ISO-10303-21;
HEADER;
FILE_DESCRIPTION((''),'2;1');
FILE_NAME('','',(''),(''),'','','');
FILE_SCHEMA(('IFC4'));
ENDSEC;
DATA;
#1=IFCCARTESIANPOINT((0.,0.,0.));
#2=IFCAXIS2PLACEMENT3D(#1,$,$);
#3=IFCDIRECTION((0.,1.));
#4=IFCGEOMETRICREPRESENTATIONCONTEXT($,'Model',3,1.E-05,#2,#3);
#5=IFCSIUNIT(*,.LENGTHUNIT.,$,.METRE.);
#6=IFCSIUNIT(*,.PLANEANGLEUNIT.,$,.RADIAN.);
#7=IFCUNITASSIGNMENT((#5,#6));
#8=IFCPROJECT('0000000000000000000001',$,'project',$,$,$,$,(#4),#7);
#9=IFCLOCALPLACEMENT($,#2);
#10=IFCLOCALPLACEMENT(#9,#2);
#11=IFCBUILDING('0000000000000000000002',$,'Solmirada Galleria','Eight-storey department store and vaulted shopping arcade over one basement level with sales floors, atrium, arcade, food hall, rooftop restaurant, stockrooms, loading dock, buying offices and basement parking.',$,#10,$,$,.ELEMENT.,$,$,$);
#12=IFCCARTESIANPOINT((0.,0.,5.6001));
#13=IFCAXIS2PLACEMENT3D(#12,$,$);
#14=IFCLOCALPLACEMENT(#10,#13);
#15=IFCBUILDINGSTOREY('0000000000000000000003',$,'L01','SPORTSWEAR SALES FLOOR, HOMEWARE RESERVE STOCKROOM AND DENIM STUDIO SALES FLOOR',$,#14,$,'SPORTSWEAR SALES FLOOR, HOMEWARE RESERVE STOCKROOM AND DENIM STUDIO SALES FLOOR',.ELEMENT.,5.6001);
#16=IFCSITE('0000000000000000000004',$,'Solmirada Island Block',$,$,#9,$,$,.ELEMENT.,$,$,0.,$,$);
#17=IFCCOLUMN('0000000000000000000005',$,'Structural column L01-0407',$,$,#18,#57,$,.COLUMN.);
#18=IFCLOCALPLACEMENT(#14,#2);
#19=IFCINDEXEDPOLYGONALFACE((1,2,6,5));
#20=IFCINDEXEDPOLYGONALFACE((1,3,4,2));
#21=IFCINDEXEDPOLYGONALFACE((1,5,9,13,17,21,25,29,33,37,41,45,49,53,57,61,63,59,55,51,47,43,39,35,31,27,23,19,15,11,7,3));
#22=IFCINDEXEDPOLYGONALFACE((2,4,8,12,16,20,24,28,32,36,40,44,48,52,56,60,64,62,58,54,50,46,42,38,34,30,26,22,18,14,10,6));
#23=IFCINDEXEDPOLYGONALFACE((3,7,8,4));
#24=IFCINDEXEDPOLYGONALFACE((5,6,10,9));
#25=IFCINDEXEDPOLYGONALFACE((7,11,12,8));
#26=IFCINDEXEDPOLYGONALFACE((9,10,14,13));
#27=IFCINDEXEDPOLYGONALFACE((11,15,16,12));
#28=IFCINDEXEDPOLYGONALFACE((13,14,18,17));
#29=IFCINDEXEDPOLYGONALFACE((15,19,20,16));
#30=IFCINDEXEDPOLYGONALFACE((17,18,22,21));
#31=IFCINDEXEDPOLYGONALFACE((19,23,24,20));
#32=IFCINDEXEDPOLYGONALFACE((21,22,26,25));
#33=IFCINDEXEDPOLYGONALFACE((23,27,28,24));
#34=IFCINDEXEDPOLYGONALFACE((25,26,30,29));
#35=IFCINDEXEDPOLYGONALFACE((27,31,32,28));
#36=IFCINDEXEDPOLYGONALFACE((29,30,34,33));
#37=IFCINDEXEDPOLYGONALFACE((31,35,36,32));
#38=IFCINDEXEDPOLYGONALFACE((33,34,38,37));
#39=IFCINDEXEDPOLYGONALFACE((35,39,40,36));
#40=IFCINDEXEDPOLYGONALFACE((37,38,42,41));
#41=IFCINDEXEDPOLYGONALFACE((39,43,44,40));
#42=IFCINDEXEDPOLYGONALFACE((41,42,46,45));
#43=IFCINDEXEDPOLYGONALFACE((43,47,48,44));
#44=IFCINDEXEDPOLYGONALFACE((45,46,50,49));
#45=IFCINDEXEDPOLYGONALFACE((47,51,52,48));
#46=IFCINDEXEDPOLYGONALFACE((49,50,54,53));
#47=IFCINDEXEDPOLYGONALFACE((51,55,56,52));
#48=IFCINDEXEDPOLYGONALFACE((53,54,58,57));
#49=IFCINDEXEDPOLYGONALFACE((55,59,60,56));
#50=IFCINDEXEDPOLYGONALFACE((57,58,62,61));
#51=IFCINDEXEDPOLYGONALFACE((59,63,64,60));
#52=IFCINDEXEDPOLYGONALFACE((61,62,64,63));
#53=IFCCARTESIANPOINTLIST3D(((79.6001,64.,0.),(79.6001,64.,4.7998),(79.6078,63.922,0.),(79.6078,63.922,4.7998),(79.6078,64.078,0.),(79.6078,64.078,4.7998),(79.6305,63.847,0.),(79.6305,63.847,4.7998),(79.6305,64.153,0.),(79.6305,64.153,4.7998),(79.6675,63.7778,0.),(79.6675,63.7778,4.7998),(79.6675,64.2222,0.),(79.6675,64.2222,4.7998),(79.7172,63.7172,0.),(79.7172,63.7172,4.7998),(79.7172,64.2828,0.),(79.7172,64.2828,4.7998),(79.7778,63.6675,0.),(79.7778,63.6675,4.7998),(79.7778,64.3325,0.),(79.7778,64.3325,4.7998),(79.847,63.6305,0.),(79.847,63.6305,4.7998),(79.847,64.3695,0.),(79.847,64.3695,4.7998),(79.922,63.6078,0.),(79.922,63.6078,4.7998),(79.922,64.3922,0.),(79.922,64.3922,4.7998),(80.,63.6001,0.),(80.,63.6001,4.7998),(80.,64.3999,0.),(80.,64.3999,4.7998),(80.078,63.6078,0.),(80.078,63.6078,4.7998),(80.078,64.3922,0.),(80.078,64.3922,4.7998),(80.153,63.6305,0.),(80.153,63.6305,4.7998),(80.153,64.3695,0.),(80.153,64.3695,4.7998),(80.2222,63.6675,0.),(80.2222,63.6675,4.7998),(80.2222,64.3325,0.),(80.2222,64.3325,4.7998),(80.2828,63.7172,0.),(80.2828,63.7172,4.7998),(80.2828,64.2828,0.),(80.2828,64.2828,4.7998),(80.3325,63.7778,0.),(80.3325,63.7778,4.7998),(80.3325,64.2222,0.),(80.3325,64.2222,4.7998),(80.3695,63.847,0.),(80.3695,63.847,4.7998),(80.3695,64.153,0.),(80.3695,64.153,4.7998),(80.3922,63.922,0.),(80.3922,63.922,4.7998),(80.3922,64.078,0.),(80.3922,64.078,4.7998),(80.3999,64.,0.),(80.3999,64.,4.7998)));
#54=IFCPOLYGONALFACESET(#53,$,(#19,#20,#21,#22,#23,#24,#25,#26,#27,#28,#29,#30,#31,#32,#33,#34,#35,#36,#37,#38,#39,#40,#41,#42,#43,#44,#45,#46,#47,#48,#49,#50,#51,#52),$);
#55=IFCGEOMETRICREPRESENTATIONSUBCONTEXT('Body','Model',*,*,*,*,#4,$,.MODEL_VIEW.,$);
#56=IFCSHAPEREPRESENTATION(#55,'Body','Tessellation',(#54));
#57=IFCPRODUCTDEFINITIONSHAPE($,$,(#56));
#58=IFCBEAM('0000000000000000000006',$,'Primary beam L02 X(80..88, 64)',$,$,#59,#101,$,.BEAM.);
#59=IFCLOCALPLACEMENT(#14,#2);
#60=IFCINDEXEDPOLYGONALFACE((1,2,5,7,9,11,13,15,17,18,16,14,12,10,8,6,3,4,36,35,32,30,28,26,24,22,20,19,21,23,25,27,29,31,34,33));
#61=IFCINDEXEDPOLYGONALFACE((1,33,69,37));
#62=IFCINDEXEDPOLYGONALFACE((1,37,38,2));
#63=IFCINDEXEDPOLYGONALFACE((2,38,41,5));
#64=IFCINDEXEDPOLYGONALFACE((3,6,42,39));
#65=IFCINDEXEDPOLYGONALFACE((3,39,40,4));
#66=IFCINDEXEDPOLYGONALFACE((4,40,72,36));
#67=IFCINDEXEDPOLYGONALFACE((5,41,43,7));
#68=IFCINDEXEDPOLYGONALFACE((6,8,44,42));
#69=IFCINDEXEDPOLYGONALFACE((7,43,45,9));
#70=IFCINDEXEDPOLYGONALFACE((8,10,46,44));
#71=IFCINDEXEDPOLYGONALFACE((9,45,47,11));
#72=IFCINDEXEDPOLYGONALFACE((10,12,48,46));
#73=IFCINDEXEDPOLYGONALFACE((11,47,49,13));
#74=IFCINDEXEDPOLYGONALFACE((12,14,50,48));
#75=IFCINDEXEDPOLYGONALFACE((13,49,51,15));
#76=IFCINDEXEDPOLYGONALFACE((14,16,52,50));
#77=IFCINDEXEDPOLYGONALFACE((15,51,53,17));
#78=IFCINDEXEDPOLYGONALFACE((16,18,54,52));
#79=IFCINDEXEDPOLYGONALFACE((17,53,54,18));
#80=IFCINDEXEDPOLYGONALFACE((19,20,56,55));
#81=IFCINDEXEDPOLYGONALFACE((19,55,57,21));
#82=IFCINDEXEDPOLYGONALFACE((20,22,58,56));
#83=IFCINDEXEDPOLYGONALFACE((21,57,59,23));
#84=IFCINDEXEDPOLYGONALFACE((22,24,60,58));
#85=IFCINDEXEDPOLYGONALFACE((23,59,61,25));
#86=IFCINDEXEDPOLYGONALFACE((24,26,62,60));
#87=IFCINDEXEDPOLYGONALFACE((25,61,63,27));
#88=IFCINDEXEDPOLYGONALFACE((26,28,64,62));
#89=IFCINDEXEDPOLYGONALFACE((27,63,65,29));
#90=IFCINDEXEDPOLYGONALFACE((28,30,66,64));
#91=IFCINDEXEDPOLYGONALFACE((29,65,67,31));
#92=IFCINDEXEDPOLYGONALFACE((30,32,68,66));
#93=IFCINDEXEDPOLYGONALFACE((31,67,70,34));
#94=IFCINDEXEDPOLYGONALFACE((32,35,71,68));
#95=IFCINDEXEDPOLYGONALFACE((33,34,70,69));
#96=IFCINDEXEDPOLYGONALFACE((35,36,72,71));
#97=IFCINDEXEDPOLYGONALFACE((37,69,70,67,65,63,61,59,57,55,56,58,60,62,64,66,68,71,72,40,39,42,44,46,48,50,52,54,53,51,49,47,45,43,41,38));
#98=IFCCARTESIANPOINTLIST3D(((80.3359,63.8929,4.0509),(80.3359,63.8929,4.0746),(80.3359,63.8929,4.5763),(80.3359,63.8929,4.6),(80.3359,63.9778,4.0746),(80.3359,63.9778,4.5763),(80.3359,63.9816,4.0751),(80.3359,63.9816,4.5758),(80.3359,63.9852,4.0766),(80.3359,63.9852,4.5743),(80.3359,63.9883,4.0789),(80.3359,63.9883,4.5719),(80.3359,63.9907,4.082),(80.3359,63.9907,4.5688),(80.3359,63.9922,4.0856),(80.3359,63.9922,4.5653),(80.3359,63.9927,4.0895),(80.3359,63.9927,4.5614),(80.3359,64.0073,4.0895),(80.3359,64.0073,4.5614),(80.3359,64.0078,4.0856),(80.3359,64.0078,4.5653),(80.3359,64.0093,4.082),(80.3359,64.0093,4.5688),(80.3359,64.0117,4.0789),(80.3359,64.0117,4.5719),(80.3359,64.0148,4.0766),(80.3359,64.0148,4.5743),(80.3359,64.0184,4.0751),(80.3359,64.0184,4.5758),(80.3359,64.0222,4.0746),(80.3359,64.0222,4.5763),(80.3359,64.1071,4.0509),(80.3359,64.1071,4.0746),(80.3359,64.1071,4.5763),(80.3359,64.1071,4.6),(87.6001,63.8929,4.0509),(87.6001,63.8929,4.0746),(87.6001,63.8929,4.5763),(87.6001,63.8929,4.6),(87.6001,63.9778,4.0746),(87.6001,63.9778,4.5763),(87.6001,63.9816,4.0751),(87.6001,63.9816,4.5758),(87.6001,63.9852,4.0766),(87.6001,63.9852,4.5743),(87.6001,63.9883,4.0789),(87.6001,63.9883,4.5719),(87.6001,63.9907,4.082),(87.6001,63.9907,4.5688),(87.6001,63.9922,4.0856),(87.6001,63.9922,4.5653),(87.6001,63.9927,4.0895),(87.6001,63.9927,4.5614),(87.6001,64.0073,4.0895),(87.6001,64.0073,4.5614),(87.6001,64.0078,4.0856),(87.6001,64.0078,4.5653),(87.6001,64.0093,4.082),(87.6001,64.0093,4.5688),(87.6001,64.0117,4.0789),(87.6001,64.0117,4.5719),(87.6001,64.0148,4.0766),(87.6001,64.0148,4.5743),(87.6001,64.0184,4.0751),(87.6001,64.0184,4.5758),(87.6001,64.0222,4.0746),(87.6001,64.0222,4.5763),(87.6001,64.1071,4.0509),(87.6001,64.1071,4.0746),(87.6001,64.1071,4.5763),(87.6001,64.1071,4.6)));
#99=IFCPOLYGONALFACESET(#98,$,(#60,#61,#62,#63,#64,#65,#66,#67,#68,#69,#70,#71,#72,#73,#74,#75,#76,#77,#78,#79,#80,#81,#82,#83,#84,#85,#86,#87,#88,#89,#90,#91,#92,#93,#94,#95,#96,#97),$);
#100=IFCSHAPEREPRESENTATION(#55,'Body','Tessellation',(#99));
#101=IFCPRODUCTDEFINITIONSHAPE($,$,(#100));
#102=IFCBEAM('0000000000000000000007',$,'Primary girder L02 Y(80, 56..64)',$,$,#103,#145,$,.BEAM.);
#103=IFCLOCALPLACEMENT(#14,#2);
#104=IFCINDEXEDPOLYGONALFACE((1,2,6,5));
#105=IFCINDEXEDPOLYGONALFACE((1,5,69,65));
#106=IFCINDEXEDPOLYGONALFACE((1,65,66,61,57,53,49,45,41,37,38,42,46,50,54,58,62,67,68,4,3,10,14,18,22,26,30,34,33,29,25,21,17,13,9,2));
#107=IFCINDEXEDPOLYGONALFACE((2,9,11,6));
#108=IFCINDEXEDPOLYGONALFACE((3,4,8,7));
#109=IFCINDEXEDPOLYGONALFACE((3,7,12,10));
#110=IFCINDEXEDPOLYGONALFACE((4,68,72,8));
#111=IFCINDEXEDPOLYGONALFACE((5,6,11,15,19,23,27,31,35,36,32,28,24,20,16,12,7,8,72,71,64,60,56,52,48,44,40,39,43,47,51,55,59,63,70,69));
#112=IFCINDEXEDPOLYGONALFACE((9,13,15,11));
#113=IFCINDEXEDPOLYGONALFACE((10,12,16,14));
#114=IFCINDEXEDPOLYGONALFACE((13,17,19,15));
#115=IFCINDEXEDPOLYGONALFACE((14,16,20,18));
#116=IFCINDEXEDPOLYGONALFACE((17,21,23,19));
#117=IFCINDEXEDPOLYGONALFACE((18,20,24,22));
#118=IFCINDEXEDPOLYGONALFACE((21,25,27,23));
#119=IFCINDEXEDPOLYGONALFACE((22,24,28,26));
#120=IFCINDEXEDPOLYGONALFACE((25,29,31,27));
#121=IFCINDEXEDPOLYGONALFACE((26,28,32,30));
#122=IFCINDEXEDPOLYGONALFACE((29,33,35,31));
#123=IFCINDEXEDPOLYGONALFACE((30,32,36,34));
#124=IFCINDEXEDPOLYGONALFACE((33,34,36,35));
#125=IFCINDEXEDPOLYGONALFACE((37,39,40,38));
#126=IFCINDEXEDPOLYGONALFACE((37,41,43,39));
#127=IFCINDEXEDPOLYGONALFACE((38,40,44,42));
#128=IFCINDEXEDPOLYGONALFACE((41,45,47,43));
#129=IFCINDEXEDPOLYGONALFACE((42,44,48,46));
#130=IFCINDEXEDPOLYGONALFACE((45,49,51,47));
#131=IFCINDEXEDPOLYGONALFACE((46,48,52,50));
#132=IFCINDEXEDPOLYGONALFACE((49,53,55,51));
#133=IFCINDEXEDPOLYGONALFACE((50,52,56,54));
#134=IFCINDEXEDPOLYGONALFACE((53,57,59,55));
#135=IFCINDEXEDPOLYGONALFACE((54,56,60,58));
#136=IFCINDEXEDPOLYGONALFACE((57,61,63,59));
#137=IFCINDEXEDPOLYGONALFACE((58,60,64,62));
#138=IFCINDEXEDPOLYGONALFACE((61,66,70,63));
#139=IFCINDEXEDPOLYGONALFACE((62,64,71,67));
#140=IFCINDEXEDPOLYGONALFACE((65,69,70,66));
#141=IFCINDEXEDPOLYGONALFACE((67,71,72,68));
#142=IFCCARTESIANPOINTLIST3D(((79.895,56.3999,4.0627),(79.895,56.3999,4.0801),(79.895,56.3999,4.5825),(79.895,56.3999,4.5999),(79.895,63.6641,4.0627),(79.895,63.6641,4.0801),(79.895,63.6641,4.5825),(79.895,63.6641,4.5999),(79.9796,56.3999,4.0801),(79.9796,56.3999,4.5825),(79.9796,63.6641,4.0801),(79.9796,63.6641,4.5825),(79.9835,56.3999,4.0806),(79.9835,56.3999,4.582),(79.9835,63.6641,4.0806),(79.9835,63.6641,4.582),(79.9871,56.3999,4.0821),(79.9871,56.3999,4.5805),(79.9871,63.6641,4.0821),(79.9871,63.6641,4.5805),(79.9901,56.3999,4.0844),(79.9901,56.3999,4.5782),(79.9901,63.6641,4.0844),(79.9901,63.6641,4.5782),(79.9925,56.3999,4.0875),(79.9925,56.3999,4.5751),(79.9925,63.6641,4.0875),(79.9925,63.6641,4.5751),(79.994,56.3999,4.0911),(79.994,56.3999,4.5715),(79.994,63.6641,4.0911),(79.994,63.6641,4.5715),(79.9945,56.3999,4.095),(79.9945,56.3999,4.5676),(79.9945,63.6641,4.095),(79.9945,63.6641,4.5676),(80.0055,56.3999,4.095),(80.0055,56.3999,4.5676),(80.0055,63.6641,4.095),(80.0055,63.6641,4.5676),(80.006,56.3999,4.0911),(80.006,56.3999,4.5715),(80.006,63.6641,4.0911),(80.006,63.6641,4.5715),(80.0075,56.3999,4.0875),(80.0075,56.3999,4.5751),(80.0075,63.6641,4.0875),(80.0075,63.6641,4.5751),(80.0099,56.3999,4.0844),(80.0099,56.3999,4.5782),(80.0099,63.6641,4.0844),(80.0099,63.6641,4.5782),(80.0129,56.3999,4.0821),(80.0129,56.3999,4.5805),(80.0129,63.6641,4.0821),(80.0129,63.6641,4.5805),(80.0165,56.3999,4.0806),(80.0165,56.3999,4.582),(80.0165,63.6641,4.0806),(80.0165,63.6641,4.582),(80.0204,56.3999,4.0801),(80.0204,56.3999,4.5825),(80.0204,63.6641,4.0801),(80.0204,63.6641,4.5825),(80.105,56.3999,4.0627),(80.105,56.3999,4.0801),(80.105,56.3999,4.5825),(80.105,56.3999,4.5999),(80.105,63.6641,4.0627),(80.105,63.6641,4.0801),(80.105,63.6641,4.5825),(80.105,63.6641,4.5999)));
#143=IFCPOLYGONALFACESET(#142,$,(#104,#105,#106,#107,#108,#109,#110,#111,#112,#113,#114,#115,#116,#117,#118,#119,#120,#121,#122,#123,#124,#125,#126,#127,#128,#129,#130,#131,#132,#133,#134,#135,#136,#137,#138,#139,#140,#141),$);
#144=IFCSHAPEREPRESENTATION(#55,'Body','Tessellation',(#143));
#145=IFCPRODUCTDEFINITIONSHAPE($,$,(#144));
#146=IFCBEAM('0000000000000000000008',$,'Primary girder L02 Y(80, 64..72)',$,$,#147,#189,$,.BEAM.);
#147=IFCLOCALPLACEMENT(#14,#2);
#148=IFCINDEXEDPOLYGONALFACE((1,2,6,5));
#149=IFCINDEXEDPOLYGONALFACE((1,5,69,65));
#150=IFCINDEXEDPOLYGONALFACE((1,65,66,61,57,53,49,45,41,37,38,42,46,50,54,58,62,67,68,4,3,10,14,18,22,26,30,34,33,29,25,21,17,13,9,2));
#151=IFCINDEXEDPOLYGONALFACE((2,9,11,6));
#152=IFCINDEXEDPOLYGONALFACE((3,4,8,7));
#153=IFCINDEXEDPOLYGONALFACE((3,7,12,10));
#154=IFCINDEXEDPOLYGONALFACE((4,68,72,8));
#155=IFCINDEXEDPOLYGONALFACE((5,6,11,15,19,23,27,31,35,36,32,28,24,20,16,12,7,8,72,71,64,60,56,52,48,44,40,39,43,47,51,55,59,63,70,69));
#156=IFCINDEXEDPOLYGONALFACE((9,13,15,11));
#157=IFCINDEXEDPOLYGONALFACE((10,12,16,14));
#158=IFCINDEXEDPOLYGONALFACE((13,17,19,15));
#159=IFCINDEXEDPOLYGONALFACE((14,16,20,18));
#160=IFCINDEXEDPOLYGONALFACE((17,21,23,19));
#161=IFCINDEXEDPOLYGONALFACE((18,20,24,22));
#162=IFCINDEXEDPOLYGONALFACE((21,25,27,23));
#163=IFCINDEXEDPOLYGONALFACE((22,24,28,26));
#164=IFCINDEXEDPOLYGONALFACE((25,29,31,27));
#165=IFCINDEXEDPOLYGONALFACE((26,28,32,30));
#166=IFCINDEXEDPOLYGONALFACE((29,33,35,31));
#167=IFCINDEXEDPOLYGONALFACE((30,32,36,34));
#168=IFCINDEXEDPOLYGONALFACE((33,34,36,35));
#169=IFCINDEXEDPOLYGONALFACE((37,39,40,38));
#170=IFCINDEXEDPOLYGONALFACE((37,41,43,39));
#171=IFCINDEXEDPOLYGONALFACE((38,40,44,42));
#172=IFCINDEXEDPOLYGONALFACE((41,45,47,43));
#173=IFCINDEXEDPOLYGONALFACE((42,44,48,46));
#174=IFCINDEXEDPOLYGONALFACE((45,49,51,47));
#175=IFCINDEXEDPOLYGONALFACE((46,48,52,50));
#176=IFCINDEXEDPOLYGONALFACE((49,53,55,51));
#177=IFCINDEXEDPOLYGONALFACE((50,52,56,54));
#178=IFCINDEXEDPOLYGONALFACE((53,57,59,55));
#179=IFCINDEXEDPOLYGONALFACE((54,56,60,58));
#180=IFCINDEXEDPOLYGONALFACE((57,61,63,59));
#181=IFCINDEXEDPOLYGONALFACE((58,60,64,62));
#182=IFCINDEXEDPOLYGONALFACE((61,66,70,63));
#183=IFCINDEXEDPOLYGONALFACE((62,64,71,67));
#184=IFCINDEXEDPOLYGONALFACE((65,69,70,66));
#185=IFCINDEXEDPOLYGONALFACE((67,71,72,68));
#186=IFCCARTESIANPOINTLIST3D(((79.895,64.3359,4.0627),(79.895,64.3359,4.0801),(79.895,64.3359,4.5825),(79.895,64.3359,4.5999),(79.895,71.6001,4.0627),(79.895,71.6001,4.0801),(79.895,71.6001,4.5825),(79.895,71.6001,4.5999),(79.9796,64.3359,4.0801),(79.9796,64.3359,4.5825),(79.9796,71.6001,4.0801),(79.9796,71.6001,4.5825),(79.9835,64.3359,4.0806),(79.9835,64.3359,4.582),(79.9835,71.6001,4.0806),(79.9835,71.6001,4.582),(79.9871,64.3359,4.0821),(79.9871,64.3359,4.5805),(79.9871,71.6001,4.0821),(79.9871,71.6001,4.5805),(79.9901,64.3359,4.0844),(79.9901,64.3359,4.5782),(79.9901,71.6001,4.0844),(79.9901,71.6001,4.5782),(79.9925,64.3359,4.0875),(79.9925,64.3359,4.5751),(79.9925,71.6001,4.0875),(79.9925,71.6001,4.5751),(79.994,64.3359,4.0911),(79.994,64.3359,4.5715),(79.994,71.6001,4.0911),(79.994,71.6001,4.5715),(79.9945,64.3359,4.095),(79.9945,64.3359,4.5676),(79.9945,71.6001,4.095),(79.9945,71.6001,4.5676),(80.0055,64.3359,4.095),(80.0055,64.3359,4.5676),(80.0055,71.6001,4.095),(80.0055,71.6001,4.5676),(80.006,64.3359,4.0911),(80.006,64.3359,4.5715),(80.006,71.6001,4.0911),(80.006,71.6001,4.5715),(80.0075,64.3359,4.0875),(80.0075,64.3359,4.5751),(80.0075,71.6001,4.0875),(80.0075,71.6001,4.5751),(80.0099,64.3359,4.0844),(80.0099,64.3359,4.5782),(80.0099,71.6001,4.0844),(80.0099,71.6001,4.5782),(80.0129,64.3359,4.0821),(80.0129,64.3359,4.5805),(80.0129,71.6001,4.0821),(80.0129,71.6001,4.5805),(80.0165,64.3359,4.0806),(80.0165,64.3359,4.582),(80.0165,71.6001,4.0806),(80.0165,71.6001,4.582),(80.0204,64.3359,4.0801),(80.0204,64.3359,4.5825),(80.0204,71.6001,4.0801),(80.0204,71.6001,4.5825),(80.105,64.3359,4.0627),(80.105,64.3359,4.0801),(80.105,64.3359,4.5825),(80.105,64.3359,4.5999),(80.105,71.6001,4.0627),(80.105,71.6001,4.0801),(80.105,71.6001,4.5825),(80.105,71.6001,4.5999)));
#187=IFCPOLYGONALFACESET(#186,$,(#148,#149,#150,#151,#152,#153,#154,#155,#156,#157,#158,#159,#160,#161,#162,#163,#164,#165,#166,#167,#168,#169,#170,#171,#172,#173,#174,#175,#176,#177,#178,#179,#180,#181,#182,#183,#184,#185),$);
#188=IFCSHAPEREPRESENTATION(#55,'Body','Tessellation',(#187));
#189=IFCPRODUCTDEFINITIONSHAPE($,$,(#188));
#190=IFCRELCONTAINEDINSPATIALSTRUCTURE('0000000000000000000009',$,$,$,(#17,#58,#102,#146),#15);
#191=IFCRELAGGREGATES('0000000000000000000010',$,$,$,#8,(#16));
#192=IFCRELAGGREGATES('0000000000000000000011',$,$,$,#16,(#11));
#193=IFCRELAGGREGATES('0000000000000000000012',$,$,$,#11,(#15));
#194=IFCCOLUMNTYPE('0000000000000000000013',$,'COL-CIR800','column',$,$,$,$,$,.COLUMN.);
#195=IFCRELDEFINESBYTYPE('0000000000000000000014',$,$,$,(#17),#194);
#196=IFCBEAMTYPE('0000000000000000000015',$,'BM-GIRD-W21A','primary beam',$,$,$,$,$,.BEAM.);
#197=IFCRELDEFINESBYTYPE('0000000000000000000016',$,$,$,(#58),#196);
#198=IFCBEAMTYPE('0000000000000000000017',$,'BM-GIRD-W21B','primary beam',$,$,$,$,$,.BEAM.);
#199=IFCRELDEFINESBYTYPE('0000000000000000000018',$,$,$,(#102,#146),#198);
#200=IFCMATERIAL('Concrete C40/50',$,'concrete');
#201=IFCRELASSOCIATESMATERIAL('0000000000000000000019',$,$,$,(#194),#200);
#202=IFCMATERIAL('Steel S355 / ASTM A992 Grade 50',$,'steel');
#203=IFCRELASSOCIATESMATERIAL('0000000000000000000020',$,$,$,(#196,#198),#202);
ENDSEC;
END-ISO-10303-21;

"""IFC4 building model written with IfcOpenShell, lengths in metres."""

from ifc_helpers import new_model, si_unit, direction, frame, origin, origin_2d, place, context, subcontext, project, spatial, circle, i_section, extrude, material, material_profile, profile_set, type_object, element, save


model = new_model("IFC4")

# Units and contexts
model_context = context("Model", 3, precision=1e-05, world=origin(), true_north=direction((0.0, 1.0)))
body_context = subcontext(model_context, "Body", "Model", "MODEL_VIEW")
ifc_project = project(units=[si_unit("LENGTHUNIT", "METRE"), si_unit("PLANEANGLEUNIT", "RADIAN")], contexts=[model_context])

# Site, building, storey
site_placement = place(None, origin())
site = spatial("IfcSite", under=ifc_project, at=site_placement, Name="Solmirada Island Block", CompositionType="ELEMENT", RefElevation=0.0)
building_placement = place(site_placement, origin())
building = spatial("IfcBuilding", under=site, at=building_placement, Name="Solmirada Galleria", Description="Eight-storey department store and vaulted shopping arcade over one basement level with sales floors, atrium, arcade, food hall, rooftop restaurant, stockrooms, loading dock, buying offices and basement parking.", CompositionType="ELEMENT")
storey_placement = place(building_placement, frame((0.0, 0.0, 5.6001)))
storey = spatial("IfcBuildingStorey", under=building, at=storey_placement, Name="L01", Description="SPORTSWEAR SALES FLOOR, HOMEWARE RESERVE STOCKROOM AND DENIM STUDIO SALES FLOOR", LongName="SPORTSWEAR SALES FLOOR, HOMEWARE RESERVE STOCKROOM AND DENIM STUDIO SALES FLOOR", CompositionType="ELEMENT", Elevation=5.6001)

# Column
ifc_material_1 = material(Name="Concrete C40/50", Category="concrete")
ifc_material_profile_1 = material_profile(ifc_material_1, circle(Radius=0.3999, at=origin_2d()), Name="RCCOL800")
ifc_profile_set_1 = profile_set([ifc_material_profile_1], Name="Concrete C40/50")
column_type = type_object("IfcColumnType", Name="COL-CIR800", Description="column", PredefinedType="COLUMN", material=ifc_profile_set_1)
column_placement = place(storey_placement, frame((80.0, 64.0, 0.0), z_axis=(0.0, 0.0, 1.0), x_axis=(1.0, 0.0, 0.0)))
element("IfcColumn", 1, at=column_placement, inside=storey, type_object=column_type, Name="Structural column L01-0407", PredefinedType="COLUMN", context=body_context, shape_type="SweptSolid", body=[
    extrude(circle(Radius=0.3999, at=origin_2d()), origin(), (0.0, 0.0, 1.0), 4.7998),
])

# Beams
ifc_material_2 = material(Name="Steel S355 / ASTM A992 Grade 50", Category="steel")
ifc_material_profile_2 = material_profile(ifc_material_2, i_section(OverallWidth=0.2141, OverallDepth=0.5491, WebThickness=0.0146, FlangeThickness=0.0237, FilletRadius=0.0149, at=origin_2d()), Name="W21X93")
ifc_profile_set_2 = profile_set([ifc_material_profile_2], Name="Steel S355 / ASTM A992 Grade 50")
beam_type_1 = type_object("IfcBeamType", Name="BM-GIRD-W21A", Description="primary beam", PredefinedType="BEAM", material=ifc_profile_set_2)
beam_1_placement = place(storey_placement, frame((80.3359, 64.0, 4.3254), z_axis=(1.0, 0.0, 0.0), x_axis=(0.0, 1.0, 0.0)))
element("IfcBeam", 2, at=beam_1_placement, inside=storey, type_object=beam_type_1, Name="Primary beam L02 X(80..88, 64)", PredefinedType="BEAM", context=body_context, shape_type="SweptSolid", body=[
    extrude(i_section(OverallWidth=0.2141, OverallDepth=0.5491, WebThickness=0.0146, FlangeThickness=0.0237, FilletRadius=0.0149, at=origin_2d()), origin(), (0.0, 0.0, 1.0), 7.2642),
])
ifc_material_profile_3 = material_profile(ifc_material_2, i_section(OverallWidth=0.21, OverallDepth=0.5371, WebThickness=0.011, FlangeThickness=0.0173, FilletRadius=0.0149, at=origin_2d()), Name="W21X68")
ifc_profile_set_3 = profile_set([ifc_material_profile_3], Name="Steel S355 / ASTM A992 Grade 50")
beam_type_2 = type_object("IfcBeamType", Name="BM-GIRD-W21B", Description="primary beam", PredefinedType="BEAM", material=ifc_profile_set_3)
for number, where, z_axis, x_axis, name in (
    (3, (80.0, 56.3999, 4.3313), (0.0, 1.0, 0.0), (-1.0, 0.0, 0.0), "Primary girder L02 Y(80, 56..64)"),
    (4, (80.0, 64.3359, 4.3313), (0.0, 1.0, 0.0), (-1.0, 0.0, 0.0), "Primary girder L02 Y(80, 64..72)"),
):
    element("IfcBeam", number, at=place(storey_placement, frame(where, z_axis=z_axis, x_axis=x_axis)), inside=storey, type_object=beam_type_2, Name=name, PredefinedType="BEAM", context=body_context, shape_type="SweptSolid", body=[
        extrude(i_section(OverallWidth=0.21, OverallDepth=0.5371, WebThickness=0.011, FlangeThickness=0.0173, FilletRadius=0.0149, at=origin_2d()), origin(), (0.0, 0.0, 1.0), 7.2642),
    ])

save(model, "model.ifc")
